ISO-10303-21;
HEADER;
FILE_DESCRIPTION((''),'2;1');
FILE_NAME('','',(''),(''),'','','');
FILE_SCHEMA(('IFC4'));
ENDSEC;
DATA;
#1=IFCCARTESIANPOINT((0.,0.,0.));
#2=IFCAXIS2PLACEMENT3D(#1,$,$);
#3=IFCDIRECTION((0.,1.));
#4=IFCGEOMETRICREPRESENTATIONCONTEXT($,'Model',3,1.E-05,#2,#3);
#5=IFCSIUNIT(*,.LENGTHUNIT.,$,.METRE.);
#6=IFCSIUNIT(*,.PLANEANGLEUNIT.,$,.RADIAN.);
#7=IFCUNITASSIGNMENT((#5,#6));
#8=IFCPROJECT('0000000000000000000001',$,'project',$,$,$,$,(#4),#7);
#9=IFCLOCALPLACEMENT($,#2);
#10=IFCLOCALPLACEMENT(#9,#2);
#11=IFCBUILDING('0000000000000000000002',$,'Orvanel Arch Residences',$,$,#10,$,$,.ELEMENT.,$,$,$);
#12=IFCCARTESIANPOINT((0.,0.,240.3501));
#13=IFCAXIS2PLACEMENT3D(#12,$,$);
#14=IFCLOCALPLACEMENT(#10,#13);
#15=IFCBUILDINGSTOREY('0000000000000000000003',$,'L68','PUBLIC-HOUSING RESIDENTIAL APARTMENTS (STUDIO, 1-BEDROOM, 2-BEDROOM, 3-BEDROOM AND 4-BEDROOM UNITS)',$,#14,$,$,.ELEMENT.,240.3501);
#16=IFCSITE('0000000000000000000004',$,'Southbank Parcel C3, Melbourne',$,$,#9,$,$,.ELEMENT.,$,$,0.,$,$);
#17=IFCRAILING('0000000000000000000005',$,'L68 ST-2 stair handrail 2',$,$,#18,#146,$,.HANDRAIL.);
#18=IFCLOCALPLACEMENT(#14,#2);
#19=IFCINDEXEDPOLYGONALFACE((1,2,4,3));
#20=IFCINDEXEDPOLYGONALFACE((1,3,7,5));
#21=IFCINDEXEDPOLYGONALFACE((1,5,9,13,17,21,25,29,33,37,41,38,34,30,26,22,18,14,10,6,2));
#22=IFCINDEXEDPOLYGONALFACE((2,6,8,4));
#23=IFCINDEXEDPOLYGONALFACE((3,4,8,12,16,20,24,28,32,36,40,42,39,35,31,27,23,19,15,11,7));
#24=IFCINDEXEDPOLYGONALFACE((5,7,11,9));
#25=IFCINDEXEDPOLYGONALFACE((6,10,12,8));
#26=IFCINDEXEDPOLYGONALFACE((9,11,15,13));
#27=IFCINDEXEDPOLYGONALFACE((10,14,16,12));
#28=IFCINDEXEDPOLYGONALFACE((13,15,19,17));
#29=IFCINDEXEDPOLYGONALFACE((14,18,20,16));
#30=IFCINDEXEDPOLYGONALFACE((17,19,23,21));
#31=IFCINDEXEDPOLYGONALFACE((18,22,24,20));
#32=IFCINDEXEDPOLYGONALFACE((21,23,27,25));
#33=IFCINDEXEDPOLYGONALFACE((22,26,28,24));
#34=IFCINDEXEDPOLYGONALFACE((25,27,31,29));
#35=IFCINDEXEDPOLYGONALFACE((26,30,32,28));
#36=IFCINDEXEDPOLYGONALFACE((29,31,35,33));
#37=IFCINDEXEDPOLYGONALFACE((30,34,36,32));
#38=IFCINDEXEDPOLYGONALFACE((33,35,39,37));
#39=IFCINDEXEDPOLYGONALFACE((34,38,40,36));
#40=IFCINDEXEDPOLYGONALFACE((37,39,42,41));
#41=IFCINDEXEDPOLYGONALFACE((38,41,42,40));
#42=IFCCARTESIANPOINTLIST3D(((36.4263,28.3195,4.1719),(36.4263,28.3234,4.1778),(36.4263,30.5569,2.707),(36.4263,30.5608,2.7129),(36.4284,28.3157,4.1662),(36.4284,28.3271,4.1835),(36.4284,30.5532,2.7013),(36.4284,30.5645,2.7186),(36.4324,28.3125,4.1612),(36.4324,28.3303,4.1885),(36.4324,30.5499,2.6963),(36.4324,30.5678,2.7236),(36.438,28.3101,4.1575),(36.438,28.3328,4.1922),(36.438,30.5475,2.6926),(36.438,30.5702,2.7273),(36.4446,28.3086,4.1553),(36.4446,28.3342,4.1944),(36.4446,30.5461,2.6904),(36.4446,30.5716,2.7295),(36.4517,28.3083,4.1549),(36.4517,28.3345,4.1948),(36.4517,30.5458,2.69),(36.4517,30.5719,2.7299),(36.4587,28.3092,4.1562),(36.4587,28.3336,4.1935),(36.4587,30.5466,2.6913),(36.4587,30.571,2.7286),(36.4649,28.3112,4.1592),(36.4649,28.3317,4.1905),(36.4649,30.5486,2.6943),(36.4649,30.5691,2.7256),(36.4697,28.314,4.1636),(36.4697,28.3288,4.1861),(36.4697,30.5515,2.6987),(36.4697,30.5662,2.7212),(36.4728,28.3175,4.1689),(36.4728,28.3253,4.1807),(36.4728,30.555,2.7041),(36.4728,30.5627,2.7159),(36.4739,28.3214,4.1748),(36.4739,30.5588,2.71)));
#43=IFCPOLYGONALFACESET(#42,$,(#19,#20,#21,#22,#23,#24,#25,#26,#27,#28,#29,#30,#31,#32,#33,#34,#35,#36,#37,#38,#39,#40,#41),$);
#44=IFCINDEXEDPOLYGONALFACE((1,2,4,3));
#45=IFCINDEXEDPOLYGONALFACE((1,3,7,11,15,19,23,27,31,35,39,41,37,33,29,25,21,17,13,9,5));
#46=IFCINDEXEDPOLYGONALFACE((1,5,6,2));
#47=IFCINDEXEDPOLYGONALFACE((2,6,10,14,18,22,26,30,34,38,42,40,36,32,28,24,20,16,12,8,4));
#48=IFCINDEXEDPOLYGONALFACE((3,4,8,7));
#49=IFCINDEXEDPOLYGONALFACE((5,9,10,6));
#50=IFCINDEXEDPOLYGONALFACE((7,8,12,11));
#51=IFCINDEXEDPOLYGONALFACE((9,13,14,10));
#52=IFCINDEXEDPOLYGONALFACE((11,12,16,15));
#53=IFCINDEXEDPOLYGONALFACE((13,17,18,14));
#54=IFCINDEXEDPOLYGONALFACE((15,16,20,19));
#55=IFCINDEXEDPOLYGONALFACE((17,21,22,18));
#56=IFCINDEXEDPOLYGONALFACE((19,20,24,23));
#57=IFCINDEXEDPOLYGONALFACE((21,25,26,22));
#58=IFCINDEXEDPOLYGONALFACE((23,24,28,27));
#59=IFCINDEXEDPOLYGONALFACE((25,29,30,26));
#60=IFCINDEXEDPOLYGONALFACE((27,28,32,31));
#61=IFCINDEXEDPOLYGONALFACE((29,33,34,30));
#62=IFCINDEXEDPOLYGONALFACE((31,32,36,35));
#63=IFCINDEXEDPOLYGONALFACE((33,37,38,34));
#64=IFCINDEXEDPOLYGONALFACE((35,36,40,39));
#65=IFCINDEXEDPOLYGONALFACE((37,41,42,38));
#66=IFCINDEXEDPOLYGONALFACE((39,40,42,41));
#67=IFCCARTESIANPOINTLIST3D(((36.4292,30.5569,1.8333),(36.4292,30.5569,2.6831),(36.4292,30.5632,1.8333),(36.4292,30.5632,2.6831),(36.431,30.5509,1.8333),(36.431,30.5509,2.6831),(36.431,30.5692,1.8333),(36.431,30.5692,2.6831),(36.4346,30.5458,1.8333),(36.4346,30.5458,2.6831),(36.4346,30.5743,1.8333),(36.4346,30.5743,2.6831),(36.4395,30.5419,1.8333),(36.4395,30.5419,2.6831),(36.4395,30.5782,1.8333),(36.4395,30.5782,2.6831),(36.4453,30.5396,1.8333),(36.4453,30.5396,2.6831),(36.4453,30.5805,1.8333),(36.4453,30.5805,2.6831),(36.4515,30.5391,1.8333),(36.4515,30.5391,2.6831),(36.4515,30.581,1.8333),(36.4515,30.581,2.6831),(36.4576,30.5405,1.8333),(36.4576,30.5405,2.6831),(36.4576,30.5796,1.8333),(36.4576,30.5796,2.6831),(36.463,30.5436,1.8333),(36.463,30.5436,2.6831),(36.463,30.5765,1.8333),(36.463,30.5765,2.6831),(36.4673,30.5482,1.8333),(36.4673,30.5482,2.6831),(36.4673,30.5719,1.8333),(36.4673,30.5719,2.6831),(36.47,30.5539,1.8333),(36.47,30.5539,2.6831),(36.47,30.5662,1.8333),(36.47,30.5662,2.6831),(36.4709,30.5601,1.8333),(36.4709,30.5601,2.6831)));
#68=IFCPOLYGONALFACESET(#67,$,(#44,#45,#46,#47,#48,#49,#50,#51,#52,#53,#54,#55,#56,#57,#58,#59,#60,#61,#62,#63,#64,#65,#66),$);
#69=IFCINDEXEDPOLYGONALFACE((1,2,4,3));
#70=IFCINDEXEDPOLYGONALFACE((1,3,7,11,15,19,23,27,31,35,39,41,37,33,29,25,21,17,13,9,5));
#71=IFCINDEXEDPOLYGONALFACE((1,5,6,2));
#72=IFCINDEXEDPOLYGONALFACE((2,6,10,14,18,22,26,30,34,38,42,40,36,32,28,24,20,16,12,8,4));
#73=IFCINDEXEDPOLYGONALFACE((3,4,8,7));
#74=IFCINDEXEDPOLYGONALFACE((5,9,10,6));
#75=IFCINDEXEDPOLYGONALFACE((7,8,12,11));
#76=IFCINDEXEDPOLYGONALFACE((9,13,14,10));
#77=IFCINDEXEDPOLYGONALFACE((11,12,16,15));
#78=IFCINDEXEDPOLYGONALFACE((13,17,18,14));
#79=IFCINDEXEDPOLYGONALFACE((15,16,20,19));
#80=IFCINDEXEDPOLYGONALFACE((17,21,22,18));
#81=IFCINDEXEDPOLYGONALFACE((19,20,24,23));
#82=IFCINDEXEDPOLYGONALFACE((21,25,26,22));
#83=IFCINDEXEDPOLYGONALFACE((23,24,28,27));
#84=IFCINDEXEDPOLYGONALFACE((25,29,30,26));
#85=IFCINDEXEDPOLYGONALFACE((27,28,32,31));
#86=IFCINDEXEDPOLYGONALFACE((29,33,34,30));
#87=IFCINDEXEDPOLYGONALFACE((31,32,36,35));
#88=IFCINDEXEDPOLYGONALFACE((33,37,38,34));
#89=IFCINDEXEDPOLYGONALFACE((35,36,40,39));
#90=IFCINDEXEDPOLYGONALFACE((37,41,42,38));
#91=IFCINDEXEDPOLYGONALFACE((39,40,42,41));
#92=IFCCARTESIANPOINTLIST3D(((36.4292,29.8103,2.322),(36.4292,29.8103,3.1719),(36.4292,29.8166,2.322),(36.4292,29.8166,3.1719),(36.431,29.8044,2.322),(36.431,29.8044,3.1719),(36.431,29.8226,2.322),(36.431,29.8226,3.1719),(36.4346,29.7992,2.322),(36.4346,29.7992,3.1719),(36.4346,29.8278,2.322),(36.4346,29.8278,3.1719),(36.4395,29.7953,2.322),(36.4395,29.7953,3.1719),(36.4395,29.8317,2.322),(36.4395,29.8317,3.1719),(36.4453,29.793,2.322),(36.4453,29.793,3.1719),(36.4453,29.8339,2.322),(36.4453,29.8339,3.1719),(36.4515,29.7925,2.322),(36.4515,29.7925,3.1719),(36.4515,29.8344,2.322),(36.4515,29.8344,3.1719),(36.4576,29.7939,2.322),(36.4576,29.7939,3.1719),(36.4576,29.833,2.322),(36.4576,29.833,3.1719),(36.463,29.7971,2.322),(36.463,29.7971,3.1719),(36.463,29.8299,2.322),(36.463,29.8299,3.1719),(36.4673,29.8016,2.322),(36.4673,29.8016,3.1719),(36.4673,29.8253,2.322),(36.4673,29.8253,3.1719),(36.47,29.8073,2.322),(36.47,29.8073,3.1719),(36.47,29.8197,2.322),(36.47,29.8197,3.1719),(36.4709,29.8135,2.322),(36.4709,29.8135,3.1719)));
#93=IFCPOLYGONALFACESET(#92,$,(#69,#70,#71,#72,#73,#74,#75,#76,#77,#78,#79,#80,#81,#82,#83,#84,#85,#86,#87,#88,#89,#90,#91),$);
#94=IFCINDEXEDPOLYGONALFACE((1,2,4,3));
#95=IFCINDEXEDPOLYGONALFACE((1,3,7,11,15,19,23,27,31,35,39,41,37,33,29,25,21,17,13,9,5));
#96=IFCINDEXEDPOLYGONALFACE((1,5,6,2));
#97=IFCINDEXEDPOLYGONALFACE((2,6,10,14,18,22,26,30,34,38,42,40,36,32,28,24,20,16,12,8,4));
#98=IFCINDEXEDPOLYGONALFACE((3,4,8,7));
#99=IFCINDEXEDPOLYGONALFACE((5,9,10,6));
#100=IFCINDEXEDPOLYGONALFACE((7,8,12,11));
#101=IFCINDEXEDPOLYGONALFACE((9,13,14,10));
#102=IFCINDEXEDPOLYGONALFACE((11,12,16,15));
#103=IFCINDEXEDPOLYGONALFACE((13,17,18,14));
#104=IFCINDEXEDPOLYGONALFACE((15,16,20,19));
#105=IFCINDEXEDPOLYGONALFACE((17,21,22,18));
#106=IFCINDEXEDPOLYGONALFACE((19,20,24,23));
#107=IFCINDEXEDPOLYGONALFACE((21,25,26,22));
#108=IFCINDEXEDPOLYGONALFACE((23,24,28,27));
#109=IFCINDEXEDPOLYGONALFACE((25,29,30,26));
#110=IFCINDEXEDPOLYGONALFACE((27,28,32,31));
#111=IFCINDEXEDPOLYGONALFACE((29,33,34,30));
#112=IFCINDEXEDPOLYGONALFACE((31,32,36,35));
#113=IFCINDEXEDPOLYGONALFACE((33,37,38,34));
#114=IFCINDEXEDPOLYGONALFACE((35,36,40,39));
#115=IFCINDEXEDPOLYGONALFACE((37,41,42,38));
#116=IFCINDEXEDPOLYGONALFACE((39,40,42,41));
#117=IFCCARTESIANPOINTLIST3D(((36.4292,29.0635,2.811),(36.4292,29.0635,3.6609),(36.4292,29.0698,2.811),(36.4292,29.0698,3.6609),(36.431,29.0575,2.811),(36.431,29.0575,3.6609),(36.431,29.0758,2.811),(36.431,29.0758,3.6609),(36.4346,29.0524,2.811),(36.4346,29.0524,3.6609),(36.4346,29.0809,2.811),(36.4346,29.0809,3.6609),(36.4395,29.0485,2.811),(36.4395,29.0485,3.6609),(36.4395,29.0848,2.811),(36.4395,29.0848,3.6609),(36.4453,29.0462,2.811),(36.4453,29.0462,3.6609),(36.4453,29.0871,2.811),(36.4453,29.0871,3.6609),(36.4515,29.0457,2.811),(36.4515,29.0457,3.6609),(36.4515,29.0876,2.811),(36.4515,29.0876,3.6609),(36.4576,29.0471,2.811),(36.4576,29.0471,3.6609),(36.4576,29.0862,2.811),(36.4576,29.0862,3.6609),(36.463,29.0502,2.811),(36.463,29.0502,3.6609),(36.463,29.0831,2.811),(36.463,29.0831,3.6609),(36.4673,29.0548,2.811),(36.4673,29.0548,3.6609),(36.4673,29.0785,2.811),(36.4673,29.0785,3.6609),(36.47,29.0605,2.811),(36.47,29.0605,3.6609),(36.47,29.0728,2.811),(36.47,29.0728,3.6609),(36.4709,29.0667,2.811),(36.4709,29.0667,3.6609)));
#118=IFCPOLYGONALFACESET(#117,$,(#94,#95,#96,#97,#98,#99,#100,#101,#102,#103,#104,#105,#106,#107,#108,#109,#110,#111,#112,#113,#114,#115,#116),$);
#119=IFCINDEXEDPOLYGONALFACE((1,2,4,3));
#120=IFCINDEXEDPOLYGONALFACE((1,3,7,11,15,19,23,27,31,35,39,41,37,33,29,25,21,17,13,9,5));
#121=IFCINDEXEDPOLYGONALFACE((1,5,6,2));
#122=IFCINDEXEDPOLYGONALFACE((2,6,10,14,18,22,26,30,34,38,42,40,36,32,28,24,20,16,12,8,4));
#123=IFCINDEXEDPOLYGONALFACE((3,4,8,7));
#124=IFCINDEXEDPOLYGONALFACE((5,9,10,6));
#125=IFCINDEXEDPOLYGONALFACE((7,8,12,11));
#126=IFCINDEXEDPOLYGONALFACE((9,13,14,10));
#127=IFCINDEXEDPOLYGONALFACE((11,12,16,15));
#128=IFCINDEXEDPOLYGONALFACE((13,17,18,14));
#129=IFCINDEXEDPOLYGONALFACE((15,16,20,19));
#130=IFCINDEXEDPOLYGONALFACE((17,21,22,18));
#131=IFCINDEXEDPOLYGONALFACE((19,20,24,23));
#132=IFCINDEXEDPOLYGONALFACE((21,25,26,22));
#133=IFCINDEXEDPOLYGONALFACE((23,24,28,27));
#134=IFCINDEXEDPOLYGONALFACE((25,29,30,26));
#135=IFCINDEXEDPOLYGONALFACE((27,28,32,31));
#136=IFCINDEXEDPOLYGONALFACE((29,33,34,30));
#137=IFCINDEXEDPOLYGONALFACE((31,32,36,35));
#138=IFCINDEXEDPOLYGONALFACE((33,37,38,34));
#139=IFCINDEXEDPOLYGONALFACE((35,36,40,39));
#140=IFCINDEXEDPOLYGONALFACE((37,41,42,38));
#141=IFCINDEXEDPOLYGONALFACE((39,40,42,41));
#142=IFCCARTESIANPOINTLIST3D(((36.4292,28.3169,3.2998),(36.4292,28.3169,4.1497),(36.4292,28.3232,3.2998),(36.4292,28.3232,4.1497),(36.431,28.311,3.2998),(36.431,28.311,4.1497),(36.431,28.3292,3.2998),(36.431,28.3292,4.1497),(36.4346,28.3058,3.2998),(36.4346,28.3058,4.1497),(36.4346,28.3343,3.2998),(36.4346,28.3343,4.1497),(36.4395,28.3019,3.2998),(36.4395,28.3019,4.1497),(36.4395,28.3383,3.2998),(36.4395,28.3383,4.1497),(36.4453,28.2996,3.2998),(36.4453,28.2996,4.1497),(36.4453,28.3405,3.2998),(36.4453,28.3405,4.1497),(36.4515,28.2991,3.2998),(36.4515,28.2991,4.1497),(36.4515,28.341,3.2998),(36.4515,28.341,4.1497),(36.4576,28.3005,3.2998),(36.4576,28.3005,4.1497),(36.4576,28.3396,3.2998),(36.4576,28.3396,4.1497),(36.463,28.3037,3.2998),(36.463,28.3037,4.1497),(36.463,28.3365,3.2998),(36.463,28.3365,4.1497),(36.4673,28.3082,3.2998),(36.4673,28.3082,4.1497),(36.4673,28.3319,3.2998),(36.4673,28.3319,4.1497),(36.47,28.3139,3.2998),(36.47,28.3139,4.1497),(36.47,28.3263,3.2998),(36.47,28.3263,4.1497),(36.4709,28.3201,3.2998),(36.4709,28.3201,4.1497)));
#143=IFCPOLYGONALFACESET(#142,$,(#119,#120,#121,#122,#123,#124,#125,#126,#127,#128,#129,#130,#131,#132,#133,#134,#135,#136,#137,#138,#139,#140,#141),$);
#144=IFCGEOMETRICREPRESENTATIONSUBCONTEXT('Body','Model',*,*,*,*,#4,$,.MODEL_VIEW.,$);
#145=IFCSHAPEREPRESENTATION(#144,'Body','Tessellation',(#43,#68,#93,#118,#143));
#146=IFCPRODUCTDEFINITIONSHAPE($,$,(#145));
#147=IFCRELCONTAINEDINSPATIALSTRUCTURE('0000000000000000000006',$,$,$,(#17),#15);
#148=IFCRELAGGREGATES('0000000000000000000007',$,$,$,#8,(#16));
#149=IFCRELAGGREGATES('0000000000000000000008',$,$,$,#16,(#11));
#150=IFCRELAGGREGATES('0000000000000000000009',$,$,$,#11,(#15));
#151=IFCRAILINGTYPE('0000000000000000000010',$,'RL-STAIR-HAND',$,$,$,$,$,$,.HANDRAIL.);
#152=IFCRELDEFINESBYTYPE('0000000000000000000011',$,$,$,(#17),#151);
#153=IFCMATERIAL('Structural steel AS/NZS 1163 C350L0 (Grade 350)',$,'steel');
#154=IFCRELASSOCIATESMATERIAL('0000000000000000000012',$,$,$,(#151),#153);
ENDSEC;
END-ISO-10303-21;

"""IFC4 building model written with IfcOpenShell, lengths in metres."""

from ifc_helpers import new_model, si_unit, direction, frame, origin, origin_2d, place, context, subcontext, project, spatial, circle, extrude, material, type_object, element, save


model = new_model("IFC4")

# Units and contexts
model_context = context("Model", 3, precision=1e-05, world=origin(), true_north=direction((0.0, 1.0)))
body_context = subcontext(model_context, "Body", "Model", "MODEL_VIEW")
ifc_project = project(units=[si_unit("LENGTHUNIT", "METRE"), si_unit("PLANEANGLEUNIT", "RADIAN")], contexts=[model_context])

# Site, building, storey
site_placement = place(None, origin())
site = spatial("IfcSite", under=ifc_project, at=site_placement, Name="Southbank Parcel C3, Melbourne", CompositionType="ELEMENT", RefElevation=0.0)
building_placement = place(site_placement, origin())
building = spatial("IfcBuilding", under=site, at=building_placement, Name="Orvanel Arch Residences", CompositionType="ELEMENT")
storey_placement = place(building_placement, frame((0.0, 0.0, 240.3501)))
storey = spatial("IfcBuildingStorey", under=building, at=storey_placement, Name="L68", Description="PUBLIC-HOUSING RESIDENTIAL APARTMENTS (STUDIO, 1-BEDROOM, 2-BEDROOM, 3-BEDROOM AND 4-BEDROOM UNITS)", CompositionType="ELEMENT", Elevation=240.3501)

# Railing
ifc_material_1 = material(Name="Structural steel AS/NZS 1163 C350L0 (Grade 350)", Category="steel")
railing_type_1 = type_object("IfcRailingType", Name="RL-STAIR-HAND", PredefinedType="HANDRAIL", material=ifc_material_1)
railing_1_placement = place(storey_placement, frame((36.45, 30.5601, 1.8333)))
element("IfcRailing", 1, at=railing_1_placement, inside=storey, type_object=railing_type_1, Name="L68 ST-2 stair handrail 2", PredefinedType="HANDRAIL", context=body_context, shape_type="SweptSolid", body=[
    extrude(circle(Radius=0.0239, at=origin_2d()), frame((0.0, -0.0012, 0.8767), z_axis=(0.0, -0.836637, 0.547758), x_axis=(1.0, 0.0, 0.0)), (0.0, 0.0, 1.0), 2.6743),
    extrude(circle(Radius=0.021, at=origin_2d()), origin(), (0.0, 0.0, 1.0), 0.8499),
    extrude(circle(Radius=0.021, at=origin_2d()), frame((0.0, -0.7466, 0.4888)), (0.0, 0.0, 1.0), 0.8499),
    extrude(circle(Radius=0.021, at=origin_2d()), frame((0.0, -1.4934, 0.9778)), (0.0, 0.0, 1.0), 0.8499),
    extrude(circle(Radius=0.021, at=origin_2d()), frame((0.0, -2.24, 1.4666)), (0.0, 0.0, 1.0), 0.8499),
])

save(model, "model.ifc")
